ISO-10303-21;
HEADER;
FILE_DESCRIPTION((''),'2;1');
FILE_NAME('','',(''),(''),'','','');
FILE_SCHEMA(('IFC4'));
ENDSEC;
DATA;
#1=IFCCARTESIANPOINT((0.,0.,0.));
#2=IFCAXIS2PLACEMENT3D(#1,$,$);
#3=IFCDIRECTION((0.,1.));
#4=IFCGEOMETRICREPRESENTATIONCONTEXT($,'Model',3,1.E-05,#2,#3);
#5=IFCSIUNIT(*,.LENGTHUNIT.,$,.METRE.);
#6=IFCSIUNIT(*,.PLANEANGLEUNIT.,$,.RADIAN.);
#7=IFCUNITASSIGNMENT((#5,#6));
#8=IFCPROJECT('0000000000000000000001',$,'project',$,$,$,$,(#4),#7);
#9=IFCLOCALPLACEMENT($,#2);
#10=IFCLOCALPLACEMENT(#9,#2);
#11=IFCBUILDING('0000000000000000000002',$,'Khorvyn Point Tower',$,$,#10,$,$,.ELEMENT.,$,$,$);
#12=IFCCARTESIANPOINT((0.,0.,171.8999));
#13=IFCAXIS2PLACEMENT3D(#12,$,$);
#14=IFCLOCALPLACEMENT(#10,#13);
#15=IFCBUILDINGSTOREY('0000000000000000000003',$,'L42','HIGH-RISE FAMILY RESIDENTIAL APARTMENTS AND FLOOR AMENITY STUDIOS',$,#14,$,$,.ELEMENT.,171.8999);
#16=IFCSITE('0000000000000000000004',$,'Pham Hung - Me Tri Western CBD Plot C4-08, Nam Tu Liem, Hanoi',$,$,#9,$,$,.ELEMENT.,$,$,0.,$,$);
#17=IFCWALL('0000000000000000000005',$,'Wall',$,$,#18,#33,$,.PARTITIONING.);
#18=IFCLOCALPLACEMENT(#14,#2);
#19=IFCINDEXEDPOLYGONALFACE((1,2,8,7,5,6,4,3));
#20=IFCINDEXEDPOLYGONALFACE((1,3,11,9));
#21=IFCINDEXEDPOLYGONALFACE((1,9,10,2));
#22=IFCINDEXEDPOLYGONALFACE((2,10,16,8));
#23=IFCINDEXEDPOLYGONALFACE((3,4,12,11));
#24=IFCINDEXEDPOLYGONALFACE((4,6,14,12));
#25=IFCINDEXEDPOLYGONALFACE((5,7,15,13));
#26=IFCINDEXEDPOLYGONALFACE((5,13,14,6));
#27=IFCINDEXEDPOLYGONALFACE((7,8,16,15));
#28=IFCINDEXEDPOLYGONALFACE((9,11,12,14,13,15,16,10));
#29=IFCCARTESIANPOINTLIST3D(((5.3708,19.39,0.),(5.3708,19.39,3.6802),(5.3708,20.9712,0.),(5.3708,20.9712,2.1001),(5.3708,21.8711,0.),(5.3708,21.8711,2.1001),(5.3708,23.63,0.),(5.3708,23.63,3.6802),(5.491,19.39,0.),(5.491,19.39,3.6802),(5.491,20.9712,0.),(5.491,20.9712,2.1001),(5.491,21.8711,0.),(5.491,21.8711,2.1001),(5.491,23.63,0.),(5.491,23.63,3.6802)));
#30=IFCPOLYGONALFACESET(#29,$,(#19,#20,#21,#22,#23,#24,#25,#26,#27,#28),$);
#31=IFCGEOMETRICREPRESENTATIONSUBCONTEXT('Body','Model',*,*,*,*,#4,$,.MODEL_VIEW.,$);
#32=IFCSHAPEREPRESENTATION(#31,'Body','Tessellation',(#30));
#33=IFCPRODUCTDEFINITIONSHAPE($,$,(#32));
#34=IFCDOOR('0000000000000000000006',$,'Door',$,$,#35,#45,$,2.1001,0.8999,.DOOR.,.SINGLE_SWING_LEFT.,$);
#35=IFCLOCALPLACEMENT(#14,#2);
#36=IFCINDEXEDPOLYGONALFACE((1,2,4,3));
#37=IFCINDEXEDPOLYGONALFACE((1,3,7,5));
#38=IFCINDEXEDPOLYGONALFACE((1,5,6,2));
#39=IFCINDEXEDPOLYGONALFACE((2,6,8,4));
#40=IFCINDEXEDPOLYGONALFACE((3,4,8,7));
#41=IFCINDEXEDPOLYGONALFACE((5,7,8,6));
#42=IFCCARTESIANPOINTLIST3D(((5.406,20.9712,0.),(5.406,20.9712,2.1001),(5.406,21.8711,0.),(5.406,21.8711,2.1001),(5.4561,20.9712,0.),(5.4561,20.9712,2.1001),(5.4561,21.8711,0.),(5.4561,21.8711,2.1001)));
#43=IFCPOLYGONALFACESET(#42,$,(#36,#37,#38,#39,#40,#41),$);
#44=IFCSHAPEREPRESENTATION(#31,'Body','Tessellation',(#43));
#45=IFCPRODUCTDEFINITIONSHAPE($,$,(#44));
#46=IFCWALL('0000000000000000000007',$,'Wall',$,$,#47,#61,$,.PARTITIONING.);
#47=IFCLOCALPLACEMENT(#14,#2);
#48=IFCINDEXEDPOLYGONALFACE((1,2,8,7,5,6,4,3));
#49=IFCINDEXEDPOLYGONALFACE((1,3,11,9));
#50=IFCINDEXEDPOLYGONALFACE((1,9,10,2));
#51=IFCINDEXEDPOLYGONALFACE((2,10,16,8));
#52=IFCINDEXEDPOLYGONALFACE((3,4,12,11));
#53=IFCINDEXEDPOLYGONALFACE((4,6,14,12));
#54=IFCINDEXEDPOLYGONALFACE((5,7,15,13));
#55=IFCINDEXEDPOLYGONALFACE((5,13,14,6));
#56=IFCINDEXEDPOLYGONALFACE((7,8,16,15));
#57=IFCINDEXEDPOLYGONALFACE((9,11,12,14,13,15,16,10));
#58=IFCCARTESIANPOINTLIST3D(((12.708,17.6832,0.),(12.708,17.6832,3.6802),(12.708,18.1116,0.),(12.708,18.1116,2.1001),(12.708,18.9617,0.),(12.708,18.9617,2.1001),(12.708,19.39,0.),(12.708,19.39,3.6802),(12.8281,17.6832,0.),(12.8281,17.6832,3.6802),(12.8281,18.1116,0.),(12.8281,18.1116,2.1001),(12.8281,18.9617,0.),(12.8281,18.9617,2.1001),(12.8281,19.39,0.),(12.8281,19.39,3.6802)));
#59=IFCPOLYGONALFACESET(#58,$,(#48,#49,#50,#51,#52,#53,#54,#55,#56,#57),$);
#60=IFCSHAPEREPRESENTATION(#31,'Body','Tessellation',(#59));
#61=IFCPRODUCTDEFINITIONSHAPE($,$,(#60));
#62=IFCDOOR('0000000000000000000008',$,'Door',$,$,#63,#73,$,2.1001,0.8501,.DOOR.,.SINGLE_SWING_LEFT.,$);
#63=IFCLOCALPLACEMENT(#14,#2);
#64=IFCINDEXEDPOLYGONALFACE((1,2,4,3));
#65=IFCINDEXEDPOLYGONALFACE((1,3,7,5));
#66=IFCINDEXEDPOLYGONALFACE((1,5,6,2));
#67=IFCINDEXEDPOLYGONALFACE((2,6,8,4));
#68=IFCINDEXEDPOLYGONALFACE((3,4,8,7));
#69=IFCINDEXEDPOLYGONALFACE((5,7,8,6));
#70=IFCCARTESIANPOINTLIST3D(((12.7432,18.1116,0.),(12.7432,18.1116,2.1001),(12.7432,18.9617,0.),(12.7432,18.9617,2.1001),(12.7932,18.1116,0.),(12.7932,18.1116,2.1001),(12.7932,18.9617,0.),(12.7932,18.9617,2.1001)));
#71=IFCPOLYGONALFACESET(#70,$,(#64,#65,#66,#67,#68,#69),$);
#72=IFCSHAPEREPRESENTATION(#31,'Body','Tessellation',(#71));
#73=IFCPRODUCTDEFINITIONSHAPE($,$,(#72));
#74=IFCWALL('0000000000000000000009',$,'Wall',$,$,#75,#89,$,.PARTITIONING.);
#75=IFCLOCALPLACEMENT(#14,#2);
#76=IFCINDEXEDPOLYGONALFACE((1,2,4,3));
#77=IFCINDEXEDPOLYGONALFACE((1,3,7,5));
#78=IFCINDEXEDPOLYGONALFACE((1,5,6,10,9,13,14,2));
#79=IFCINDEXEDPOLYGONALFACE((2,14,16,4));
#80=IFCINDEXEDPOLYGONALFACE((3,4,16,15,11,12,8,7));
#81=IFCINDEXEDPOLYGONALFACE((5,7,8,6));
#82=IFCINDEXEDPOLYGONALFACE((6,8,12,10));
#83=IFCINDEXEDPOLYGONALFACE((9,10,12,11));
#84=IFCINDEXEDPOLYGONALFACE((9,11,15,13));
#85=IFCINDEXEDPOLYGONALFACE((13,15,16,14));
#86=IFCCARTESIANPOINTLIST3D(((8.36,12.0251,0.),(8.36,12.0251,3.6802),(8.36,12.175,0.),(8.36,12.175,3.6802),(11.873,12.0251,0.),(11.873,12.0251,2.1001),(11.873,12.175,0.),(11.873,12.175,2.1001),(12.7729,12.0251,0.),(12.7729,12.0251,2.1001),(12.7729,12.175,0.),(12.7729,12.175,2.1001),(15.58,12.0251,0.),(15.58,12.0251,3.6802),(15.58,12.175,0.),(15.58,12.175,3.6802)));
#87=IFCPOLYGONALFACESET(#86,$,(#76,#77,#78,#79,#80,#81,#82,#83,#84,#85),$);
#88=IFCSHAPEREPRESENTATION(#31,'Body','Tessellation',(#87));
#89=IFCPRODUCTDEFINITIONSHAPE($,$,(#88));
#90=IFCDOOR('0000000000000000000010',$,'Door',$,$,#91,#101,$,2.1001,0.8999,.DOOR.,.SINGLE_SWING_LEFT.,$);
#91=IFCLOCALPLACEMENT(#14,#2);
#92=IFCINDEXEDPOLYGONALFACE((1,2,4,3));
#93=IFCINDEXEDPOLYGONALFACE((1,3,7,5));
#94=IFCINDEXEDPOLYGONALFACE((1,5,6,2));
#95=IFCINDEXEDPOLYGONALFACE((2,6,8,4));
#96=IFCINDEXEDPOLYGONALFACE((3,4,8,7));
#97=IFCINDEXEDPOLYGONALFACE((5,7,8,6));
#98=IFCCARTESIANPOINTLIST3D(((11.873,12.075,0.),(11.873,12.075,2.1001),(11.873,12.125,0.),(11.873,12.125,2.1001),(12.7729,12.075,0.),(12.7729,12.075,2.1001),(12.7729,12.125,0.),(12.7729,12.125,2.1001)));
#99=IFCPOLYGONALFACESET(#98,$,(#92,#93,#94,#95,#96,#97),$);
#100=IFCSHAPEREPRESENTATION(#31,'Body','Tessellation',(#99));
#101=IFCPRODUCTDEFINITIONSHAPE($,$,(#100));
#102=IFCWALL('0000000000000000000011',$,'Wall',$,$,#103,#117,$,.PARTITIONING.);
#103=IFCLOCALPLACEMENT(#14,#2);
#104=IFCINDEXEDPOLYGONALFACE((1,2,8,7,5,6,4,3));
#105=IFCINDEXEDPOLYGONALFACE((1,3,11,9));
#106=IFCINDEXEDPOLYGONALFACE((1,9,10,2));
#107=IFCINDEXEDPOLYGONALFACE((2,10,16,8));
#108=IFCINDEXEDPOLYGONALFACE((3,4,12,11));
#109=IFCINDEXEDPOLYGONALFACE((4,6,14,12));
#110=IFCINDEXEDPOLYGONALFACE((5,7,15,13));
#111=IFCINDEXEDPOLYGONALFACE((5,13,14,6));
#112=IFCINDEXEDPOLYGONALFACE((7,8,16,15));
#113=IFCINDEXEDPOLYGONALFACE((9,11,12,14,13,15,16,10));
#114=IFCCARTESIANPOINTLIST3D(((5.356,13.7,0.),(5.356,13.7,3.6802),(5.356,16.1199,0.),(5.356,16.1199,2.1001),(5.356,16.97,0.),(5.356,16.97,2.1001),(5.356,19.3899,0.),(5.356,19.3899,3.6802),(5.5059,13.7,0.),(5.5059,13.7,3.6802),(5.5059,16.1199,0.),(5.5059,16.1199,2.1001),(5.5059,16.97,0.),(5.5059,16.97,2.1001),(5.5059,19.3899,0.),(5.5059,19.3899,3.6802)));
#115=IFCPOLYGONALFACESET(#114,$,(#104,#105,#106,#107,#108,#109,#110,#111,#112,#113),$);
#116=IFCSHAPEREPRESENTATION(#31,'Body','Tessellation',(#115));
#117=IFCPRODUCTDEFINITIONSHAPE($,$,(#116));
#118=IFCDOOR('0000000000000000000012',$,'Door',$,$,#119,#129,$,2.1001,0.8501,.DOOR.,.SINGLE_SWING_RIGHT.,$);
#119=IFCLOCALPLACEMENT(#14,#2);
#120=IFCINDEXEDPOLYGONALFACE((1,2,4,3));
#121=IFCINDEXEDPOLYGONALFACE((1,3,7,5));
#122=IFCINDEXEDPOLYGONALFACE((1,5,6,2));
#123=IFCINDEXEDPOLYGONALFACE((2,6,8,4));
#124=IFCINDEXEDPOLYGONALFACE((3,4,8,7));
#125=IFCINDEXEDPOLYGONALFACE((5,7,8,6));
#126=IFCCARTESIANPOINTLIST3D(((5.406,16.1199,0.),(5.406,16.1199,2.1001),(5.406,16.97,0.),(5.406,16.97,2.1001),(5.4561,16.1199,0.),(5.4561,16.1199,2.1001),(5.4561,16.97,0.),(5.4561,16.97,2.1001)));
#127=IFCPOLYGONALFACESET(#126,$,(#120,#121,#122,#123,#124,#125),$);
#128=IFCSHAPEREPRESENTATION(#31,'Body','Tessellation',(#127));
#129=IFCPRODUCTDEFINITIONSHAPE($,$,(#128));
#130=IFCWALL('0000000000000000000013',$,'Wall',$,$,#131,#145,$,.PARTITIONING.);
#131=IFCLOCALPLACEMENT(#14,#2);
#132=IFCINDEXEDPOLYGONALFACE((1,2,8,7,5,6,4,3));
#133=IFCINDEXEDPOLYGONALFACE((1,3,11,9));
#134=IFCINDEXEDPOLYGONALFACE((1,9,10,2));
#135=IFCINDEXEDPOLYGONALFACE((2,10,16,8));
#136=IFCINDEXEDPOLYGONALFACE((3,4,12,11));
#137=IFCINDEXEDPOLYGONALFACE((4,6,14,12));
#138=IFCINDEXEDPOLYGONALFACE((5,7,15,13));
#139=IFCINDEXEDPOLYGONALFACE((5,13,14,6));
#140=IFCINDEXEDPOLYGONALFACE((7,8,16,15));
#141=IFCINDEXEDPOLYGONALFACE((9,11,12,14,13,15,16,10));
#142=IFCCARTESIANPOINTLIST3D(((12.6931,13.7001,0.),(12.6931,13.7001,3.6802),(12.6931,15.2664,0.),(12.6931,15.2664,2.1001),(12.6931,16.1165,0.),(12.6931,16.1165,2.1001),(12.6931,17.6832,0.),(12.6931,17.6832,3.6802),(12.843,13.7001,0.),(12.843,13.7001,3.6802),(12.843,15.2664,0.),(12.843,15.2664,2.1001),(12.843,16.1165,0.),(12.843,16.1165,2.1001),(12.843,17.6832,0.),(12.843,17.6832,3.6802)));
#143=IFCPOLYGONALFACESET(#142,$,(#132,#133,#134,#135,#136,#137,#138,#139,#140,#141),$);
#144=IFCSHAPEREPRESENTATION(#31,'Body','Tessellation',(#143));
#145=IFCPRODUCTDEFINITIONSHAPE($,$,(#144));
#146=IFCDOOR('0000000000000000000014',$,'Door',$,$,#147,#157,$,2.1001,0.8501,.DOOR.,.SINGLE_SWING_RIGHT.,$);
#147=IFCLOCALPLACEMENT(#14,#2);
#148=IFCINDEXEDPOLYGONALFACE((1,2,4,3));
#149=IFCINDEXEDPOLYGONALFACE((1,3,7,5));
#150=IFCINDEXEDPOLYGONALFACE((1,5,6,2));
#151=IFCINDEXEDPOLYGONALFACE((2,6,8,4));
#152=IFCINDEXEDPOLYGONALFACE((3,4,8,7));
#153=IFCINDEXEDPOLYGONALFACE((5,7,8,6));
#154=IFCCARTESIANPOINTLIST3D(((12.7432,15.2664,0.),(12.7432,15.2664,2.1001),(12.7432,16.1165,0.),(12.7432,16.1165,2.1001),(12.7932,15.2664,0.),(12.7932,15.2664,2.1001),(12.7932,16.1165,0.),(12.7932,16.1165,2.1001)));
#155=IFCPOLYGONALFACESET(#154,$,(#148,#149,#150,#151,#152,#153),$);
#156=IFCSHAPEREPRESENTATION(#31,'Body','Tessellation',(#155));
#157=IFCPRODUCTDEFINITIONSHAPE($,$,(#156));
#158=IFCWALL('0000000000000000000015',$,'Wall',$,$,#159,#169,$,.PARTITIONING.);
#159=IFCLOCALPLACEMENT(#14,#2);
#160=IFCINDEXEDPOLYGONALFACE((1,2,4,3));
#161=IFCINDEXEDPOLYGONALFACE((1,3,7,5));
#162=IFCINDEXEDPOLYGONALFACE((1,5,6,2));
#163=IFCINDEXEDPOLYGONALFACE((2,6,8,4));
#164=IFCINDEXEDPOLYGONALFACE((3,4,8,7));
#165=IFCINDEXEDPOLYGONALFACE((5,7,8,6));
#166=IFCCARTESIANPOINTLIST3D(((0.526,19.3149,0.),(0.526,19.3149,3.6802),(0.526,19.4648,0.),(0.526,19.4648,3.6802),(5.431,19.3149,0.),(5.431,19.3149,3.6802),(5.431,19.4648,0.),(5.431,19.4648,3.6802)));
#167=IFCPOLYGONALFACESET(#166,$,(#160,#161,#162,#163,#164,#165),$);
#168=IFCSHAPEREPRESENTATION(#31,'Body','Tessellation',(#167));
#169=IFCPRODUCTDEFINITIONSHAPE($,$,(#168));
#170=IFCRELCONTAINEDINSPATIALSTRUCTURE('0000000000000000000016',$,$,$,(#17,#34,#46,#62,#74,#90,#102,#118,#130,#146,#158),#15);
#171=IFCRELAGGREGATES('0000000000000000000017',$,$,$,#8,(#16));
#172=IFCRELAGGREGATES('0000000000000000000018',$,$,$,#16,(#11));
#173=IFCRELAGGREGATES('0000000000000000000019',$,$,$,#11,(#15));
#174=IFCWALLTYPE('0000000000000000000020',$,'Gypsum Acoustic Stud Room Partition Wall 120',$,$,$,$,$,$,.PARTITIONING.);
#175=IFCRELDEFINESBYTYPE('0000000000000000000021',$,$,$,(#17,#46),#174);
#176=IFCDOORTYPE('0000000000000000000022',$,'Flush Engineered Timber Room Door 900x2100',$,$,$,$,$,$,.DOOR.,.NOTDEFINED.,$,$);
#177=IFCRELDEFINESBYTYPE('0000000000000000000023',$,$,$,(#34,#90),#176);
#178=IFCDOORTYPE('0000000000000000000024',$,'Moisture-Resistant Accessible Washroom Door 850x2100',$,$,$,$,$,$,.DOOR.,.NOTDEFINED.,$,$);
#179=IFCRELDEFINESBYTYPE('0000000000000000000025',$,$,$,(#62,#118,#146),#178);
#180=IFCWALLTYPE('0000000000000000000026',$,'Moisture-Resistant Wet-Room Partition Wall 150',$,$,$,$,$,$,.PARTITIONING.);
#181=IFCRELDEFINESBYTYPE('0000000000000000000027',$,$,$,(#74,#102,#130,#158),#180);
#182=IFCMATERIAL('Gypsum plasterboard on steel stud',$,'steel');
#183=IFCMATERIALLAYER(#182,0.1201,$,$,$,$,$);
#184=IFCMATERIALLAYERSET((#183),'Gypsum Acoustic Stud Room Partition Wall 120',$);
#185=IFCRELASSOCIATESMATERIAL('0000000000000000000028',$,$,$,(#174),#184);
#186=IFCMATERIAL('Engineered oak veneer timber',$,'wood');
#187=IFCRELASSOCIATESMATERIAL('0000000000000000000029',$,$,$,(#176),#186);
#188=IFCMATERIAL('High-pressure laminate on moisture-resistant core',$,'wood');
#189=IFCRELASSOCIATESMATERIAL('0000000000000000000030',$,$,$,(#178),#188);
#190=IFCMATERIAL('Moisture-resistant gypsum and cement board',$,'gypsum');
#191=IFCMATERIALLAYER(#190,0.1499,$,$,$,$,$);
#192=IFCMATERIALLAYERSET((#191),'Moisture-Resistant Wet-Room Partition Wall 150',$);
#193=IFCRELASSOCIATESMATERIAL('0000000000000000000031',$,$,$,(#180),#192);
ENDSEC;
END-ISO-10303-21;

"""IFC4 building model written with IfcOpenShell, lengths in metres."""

from ifc_helpers import new_model, si_unit, direction, frame, frame_2d, origin, place, context, subcontext, project, spatial, rectangle, extrude, material, layer, layer_set, type_object, element, fill, save


model = new_model("IFC4")

# Units and contexts
model_context = context("Model", 3, precision=1e-05, world=origin(), true_north=direction((0.0, 1.0)))
body_context = subcontext(model_context, "Body", "Model", "MODEL_VIEW")
ifc_project = project(units=[si_unit("LENGTHUNIT", "METRE"), si_unit("PLANEANGLEUNIT", "RADIAN")], contexts=[model_context])

# Site, building, storey
site_placement = place(None, origin())
site = spatial("IfcSite", under=ifc_project, at=site_placement, Name="Pham Hung - Me Tri Western CBD Plot C4-08, Nam Tu Liem, Hanoi", CompositionType="ELEMENT", RefElevation=0.0)
building_placement = place(site_placement, origin())
building = spatial("IfcBuilding", under=site, at=building_placement, Name="Khorvyn Point Tower", CompositionType="ELEMENT")
storey_placement = place(building_placement, frame((0.0, 0.0, 171.8999)))
storey = spatial("IfcBuildingStorey", under=building, at=storey_placement, Name="L42", Description="HIGH-RISE FAMILY RESIDENTIAL APARTMENTS AND FLOOR AMENITY STUDIOS", CompositionType="ELEMENT", Elevation=171.8999)

# Walls, openings, doors
ifc_material_1 = material(Name="Gypsum plasterboard on steel stud", Category="steel")
ifc_layer_1 = layer(ifc_material_1, 0.1201)
ifc_layer_set_1 = layer_set([ifc_layer_1], Name="Gypsum Acoustic Stud Room Partition Wall 120")
wall_type_1 = type_object("IfcWallType", Name="Gypsum Acoustic Stud Room Partition Wall 120", PredefinedType="PARTITIONING", material=ifc_layer_set_1)
wall_1_placement = place(storey_placement, frame((5.4309, 19.3899, 0.0), z_axis=(0.0, 0.0, 1.0), x_axis=(0.0, 1.0, 0.0)))
wall_1 = element("IfcWall", 1, at=wall_1_placement, inside=storey, type_object=wall_type_1, Name="Wall", PredefinedType="PARTITIONING", context=body_context, shape_type="SweptSolid", body=[
    extrude(rectangle(XDim=4.24, YDim=0.1201, at=frame_2d((2.1201, 0.0))), origin(), (0.0, 0.0, 1.0), 3.6802),
])
opening_1_placement = place(wall_1_placement, frame((1.5813, 0.0, 0.0)))
opening_1 = element("IfcOpeningElement", 2, at=opening_1_placement, cuts=wall_1, PredefinedType="OPENING", context=body_context, shape_type="SweptSolid", body=[
    extrude(rectangle(XDim=0.8999, YDim=2.1001, at=frame_2d((0.45, 1.05))), frame((0.0, 0.0701, 0.0), z_axis=(0.0, -1.0, 0.0), x_axis=(1.0, 0.0, 0.0)), (0.0, 0.0, 1.0), 0.1401),
])
ifc_material_2 = material(Name="Engineered oak veneer timber", Category="wood")
door_type_1 = type_object("IfcDoorType", Name="Flush Engineered Timber Room Door 900x2100", OperationType="NOTDEFINED", PredefinedType="DOOR", material=ifc_material_2)
door_1_placement = place(opening_1_placement, origin())
door_1 = element("IfcDoor", 3, at=door_1_placement, inside=storey, type_object=door_type_1, Name="Door", OperationType="SINGLE_SWING_LEFT", OverallHeight=2.1001, OverallWidth=0.8999, PredefinedType="DOOR", context=body_context, shape_type="SweptSolid", body=[
    extrude(rectangle(XDim=0.8999, YDim=2.1001, at=frame_2d((0.45, 1.05))), frame((0.0, 0.0249, 0.0), z_axis=(0.0, -1.0, 0.0), x_axis=(1.0, 0.0, 0.0)), (0.0, 0.0, 1.0), 0.05),
])
fill(opening_1, door_1)
wall_2_placement = place(storey_placement, frame((12.7681, 17.6831, 0.0), z_axis=(0.0, 0.0, 1.0), x_axis=(0.0, 1.0, 0.0)))
wall_2 = element("IfcWall", 4, at=wall_2_placement, inside=storey, type_object=wall_type_1, Name="Wall", PredefinedType="PARTITIONING", context=body_context, shape_type="SweptSolid", body=[
    extrude(rectangle(XDim=1.7068, YDim=0.1201, at=frame_2d((0.8535, 0.0))), origin(), (0.0, 0.0, 1.0), 3.6802),
])
opening_2_placement = place(wall_2_placement, frame((0.4285, 0.0, 0.0)))
opening_2 = element("IfcOpeningElement", 5, at=opening_2_placement, cuts=wall_2, PredefinedType="OPENING", context=body_context, shape_type="SweptSolid", body=[
    extrude(rectangle(XDim=0.8501, YDim=2.1001, at=frame_2d((0.425, 1.05))), frame((0.0, 0.0701, 0.0), z_axis=(0.0, -1.0, 0.0), x_axis=(1.0, 0.0, 0.0)), (0.0, 0.0, 1.0), 0.1401),
])
ifc_material_3 = material(Name="High-pressure laminate on moisture-resistant core", Category="wood")
door_type_2 = type_object("IfcDoorType", Name="Moisture-Resistant Accessible Washroom Door 850x2100", OperationType="NOTDEFINED", PredefinedType="DOOR", material=ifc_material_3)
door_2_placement = place(opening_2_placement, origin())
door_2 = element("IfcDoor", 6, at=door_2_placement, inside=storey, type_object=door_type_2, Name="Door", OperationType="SINGLE_SWING_LEFT", OverallHeight=2.1001, OverallWidth=0.8501, PredefinedType="DOOR", context=body_context, shape_type="SweptSolid", body=[
    extrude(rectangle(XDim=0.8501, YDim=2.1001, at=frame_2d((0.425, 1.05))), frame((0.0, 0.0249, 0.0), z_axis=(0.0, -1.0, 0.0), x_axis=(1.0, 0.0, 0.0)), (0.0, 0.0, 1.0), 0.05),
])
fill(opening_2, door_2)
ifc_material_4 = material(Name="Moisture-resistant gypsum and cement board", Category="gypsum")
ifc_layer_2 = layer(ifc_material_4, 0.1499)
ifc_layer_set_2 = layer_set([ifc_layer_2], Name="Moisture-Resistant Wet-Room Partition Wall 150")
wall_type_2 = type_object("IfcWallType", Name="Moisture-Resistant Wet-Room Partition Wall 150", PredefinedType="PARTITIONING", material=ifc_layer_set_2)
wall_3_placement = place(storey_placement, frame((8.3601, 12.1001, 0.0), z_axis=(0.0, 0.0, 1.0), x_axis=(1.0, 0.0, 0.0)))
wall_3 = element("IfcWall", 7, at=wall_3_placement, inside=storey, type_object=wall_type_2, Name="Wall", PredefinedType="PARTITIONING", context=body_context, shape_type="SweptSolid", body=[
    extrude(rectangle(XDim=7.22, YDim=0.1499, at=frame_2d((3.6099, 0.0))), origin(), (0.0, 0.0, 1.0), 3.6802),
])
opening_3_placement = place(wall_3_placement, frame((3.5129, 0.0, 0.0)))
opening_3 = element("IfcOpeningElement", 8, at=opening_3_placement, cuts=wall_3, PredefinedType="OPENING", context=body_context, shape_type="SweptSolid", body=[
    extrude(rectangle(XDim=0.8999, YDim=2.1001, at=frame_2d((0.45, 1.05))), frame((0.0, 0.085, 0.0), z_axis=(0.0, -1.0, 0.0), x_axis=(1.0, 0.0, 0.0)), (0.0, 0.0, 1.0), 0.1699),
])
door_3_placement = place(opening_3_placement, origin())
door_3 = element("IfcDoor", 9, at=door_3_placement, inside=storey, type_object=door_type_1, Name="Door", OperationType="SINGLE_SWING_LEFT", OverallHeight=2.1001, OverallWidth=0.8999, PredefinedType="DOOR", context=body_context, shape_type="SweptSolid", body=[
    extrude(rectangle(XDim=0.8999, YDim=2.1001, at=frame_2d((0.45, 1.05))), frame((0.0, 0.0249, 0.0), z_axis=(0.0, -1.0, 0.0), x_axis=(1.0, 0.0, 0.0)), (0.0, 0.0, 1.0), 0.05),
])
fill(opening_3, door_3)
wall_4_placement = place(storey_placement, frame((5.4309, 13.7, 0.0), z_axis=(0.0, 0.0, 1.0), x_axis=(0.0, 1.0, 0.0)))
wall_4 = element("IfcWall", 10, at=wall_4_placement, inside=storey, type_object=wall_type_2, Name="Wall", PredefinedType="PARTITIONING", context=body_context, shape_type="SweptSolid", body=[
    extrude(rectangle(XDim=5.6899, YDim=0.1499, at=frame_2d((2.845, 0.0))), origin(), (0.0, 0.0, 1.0), 3.6802),
])
opening_4_placement = place(wall_4_placement, frame((2.4199, 0.0, 0.0)))
opening_4 = element("IfcOpeningElement", 11, at=opening_4_placement, cuts=wall_4, PredefinedType="OPENING", context=body_context, shape_type="SweptSolid", body=[
    extrude(rectangle(XDim=0.8501, YDim=2.1001, at=frame_2d((0.425, 1.05))), frame((0.0, 0.085, 0.0), z_axis=(0.0, -1.0, 0.0), x_axis=(1.0, 0.0, 0.0)), (0.0, 0.0, 1.0), 0.1699),
])
door_4_placement = place(opening_4_placement, origin())
door_4 = element("IfcDoor", 12, at=door_4_placement, inside=storey, type_object=door_type_2, Name="Door", OperationType="SINGLE_SWING_RIGHT", OverallHeight=2.1001, OverallWidth=0.8501, PredefinedType="DOOR", context=body_context, shape_type="SweptSolid", body=[
    extrude(rectangle(XDim=0.8501, YDim=2.1001, at=frame_2d((0.425, 1.05))), frame((0.0, 0.0249, 0.0), z_axis=(0.0, -1.0, 0.0), x_axis=(1.0, 0.0, 0.0)), (0.0, 0.0, 1.0), 0.05),
])
fill(opening_4, door_4)
wall_5_placement = place(storey_placement, frame((12.7681, 13.7, 0.0), z_axis=(0.0, 0.0, 1.0), x_axis=(0.0, 1.0, 0.0)))
wall_5 = element("IfcWall", 13, at=wall_5_placement, inside=storey, type_object=wall_type_2, Name="Wall", PredefinedType="PARTITIONING", context=body_context, shape_type="SweptSolid", body=[
    extrude(rectangle(XDim=3.9832, YDim=0.1499, at=frame_2d((1.9917, 0.0))), origin(), (0.0, 0.0, 1.0), 3.6802),
])
opening_5_placement = place(wall_5_placement, frame((1.5664, 0.0, 0.0)))
opening_5 = element("IfcOpeningElement", 14, at=opening_5_placement, cuts=wall_5, PredefinedType="OPENING", context=body_context, shape_type="SweptSolid", body=[
    extrude(rectangle(XDim=0.8501, YDim=2.1001, at=frame_2d((0.425, 1.05))), frame((0.0, 0.085, 0.0), z_axis=(0.0, -1.0, 0.0), x_axis=(1.0, 0.0, 0.0)), (0.0, 0.0, 1.0), 0.1699),
])
door_5_placement = place(opening_5_placement, origin())
door_5 = element("IfcDoor", 15, at=door_5_placement, inside=storey, type_object=door_type_2, Name="Door", OperationType="SINGLE_SWING_RIGHT", OverallHeight=2.1001, OverallWidth=0.8501, PredefinedType="DOOR", context=body_context, shape_type="SweptSolid", body=[
    extrude(rectangle(XDim=0.8501, YDim=2.1001, at=frame_2d((0.425, 1.05))), frame((0.0, 0.0249, 0.0), z_axis=(0.0, -1.0, 0.0), x_axis=(1.0, 0.0, 0.0)), (0.0, 0.0, 1.0), 0.05),
])
fill(opening_5, door_5)

# Wall
wall_6_placement = place(storey_placement, frame((0.5259, 19.3899, 0.0), z_axis=(0.0, 0.0, 1.0), x_axis=(1.0, 0.0, 0.0)))
element("IfcWall", 16, at=wall_6_placement, inside=storey, type_object=wall_type_2, Name="Wall", PredefinedType="PARTITIONING", context=body_context, shape_type="SweptSolid", body=[
    extrude(rectangle(XDim=4.905, YDim=0.1499, at=frame_2d((2.4526, 0.0))), origin(), (0.0, 0.0, 1.0), 3.6802),
])

save(model, "model.ifc")
